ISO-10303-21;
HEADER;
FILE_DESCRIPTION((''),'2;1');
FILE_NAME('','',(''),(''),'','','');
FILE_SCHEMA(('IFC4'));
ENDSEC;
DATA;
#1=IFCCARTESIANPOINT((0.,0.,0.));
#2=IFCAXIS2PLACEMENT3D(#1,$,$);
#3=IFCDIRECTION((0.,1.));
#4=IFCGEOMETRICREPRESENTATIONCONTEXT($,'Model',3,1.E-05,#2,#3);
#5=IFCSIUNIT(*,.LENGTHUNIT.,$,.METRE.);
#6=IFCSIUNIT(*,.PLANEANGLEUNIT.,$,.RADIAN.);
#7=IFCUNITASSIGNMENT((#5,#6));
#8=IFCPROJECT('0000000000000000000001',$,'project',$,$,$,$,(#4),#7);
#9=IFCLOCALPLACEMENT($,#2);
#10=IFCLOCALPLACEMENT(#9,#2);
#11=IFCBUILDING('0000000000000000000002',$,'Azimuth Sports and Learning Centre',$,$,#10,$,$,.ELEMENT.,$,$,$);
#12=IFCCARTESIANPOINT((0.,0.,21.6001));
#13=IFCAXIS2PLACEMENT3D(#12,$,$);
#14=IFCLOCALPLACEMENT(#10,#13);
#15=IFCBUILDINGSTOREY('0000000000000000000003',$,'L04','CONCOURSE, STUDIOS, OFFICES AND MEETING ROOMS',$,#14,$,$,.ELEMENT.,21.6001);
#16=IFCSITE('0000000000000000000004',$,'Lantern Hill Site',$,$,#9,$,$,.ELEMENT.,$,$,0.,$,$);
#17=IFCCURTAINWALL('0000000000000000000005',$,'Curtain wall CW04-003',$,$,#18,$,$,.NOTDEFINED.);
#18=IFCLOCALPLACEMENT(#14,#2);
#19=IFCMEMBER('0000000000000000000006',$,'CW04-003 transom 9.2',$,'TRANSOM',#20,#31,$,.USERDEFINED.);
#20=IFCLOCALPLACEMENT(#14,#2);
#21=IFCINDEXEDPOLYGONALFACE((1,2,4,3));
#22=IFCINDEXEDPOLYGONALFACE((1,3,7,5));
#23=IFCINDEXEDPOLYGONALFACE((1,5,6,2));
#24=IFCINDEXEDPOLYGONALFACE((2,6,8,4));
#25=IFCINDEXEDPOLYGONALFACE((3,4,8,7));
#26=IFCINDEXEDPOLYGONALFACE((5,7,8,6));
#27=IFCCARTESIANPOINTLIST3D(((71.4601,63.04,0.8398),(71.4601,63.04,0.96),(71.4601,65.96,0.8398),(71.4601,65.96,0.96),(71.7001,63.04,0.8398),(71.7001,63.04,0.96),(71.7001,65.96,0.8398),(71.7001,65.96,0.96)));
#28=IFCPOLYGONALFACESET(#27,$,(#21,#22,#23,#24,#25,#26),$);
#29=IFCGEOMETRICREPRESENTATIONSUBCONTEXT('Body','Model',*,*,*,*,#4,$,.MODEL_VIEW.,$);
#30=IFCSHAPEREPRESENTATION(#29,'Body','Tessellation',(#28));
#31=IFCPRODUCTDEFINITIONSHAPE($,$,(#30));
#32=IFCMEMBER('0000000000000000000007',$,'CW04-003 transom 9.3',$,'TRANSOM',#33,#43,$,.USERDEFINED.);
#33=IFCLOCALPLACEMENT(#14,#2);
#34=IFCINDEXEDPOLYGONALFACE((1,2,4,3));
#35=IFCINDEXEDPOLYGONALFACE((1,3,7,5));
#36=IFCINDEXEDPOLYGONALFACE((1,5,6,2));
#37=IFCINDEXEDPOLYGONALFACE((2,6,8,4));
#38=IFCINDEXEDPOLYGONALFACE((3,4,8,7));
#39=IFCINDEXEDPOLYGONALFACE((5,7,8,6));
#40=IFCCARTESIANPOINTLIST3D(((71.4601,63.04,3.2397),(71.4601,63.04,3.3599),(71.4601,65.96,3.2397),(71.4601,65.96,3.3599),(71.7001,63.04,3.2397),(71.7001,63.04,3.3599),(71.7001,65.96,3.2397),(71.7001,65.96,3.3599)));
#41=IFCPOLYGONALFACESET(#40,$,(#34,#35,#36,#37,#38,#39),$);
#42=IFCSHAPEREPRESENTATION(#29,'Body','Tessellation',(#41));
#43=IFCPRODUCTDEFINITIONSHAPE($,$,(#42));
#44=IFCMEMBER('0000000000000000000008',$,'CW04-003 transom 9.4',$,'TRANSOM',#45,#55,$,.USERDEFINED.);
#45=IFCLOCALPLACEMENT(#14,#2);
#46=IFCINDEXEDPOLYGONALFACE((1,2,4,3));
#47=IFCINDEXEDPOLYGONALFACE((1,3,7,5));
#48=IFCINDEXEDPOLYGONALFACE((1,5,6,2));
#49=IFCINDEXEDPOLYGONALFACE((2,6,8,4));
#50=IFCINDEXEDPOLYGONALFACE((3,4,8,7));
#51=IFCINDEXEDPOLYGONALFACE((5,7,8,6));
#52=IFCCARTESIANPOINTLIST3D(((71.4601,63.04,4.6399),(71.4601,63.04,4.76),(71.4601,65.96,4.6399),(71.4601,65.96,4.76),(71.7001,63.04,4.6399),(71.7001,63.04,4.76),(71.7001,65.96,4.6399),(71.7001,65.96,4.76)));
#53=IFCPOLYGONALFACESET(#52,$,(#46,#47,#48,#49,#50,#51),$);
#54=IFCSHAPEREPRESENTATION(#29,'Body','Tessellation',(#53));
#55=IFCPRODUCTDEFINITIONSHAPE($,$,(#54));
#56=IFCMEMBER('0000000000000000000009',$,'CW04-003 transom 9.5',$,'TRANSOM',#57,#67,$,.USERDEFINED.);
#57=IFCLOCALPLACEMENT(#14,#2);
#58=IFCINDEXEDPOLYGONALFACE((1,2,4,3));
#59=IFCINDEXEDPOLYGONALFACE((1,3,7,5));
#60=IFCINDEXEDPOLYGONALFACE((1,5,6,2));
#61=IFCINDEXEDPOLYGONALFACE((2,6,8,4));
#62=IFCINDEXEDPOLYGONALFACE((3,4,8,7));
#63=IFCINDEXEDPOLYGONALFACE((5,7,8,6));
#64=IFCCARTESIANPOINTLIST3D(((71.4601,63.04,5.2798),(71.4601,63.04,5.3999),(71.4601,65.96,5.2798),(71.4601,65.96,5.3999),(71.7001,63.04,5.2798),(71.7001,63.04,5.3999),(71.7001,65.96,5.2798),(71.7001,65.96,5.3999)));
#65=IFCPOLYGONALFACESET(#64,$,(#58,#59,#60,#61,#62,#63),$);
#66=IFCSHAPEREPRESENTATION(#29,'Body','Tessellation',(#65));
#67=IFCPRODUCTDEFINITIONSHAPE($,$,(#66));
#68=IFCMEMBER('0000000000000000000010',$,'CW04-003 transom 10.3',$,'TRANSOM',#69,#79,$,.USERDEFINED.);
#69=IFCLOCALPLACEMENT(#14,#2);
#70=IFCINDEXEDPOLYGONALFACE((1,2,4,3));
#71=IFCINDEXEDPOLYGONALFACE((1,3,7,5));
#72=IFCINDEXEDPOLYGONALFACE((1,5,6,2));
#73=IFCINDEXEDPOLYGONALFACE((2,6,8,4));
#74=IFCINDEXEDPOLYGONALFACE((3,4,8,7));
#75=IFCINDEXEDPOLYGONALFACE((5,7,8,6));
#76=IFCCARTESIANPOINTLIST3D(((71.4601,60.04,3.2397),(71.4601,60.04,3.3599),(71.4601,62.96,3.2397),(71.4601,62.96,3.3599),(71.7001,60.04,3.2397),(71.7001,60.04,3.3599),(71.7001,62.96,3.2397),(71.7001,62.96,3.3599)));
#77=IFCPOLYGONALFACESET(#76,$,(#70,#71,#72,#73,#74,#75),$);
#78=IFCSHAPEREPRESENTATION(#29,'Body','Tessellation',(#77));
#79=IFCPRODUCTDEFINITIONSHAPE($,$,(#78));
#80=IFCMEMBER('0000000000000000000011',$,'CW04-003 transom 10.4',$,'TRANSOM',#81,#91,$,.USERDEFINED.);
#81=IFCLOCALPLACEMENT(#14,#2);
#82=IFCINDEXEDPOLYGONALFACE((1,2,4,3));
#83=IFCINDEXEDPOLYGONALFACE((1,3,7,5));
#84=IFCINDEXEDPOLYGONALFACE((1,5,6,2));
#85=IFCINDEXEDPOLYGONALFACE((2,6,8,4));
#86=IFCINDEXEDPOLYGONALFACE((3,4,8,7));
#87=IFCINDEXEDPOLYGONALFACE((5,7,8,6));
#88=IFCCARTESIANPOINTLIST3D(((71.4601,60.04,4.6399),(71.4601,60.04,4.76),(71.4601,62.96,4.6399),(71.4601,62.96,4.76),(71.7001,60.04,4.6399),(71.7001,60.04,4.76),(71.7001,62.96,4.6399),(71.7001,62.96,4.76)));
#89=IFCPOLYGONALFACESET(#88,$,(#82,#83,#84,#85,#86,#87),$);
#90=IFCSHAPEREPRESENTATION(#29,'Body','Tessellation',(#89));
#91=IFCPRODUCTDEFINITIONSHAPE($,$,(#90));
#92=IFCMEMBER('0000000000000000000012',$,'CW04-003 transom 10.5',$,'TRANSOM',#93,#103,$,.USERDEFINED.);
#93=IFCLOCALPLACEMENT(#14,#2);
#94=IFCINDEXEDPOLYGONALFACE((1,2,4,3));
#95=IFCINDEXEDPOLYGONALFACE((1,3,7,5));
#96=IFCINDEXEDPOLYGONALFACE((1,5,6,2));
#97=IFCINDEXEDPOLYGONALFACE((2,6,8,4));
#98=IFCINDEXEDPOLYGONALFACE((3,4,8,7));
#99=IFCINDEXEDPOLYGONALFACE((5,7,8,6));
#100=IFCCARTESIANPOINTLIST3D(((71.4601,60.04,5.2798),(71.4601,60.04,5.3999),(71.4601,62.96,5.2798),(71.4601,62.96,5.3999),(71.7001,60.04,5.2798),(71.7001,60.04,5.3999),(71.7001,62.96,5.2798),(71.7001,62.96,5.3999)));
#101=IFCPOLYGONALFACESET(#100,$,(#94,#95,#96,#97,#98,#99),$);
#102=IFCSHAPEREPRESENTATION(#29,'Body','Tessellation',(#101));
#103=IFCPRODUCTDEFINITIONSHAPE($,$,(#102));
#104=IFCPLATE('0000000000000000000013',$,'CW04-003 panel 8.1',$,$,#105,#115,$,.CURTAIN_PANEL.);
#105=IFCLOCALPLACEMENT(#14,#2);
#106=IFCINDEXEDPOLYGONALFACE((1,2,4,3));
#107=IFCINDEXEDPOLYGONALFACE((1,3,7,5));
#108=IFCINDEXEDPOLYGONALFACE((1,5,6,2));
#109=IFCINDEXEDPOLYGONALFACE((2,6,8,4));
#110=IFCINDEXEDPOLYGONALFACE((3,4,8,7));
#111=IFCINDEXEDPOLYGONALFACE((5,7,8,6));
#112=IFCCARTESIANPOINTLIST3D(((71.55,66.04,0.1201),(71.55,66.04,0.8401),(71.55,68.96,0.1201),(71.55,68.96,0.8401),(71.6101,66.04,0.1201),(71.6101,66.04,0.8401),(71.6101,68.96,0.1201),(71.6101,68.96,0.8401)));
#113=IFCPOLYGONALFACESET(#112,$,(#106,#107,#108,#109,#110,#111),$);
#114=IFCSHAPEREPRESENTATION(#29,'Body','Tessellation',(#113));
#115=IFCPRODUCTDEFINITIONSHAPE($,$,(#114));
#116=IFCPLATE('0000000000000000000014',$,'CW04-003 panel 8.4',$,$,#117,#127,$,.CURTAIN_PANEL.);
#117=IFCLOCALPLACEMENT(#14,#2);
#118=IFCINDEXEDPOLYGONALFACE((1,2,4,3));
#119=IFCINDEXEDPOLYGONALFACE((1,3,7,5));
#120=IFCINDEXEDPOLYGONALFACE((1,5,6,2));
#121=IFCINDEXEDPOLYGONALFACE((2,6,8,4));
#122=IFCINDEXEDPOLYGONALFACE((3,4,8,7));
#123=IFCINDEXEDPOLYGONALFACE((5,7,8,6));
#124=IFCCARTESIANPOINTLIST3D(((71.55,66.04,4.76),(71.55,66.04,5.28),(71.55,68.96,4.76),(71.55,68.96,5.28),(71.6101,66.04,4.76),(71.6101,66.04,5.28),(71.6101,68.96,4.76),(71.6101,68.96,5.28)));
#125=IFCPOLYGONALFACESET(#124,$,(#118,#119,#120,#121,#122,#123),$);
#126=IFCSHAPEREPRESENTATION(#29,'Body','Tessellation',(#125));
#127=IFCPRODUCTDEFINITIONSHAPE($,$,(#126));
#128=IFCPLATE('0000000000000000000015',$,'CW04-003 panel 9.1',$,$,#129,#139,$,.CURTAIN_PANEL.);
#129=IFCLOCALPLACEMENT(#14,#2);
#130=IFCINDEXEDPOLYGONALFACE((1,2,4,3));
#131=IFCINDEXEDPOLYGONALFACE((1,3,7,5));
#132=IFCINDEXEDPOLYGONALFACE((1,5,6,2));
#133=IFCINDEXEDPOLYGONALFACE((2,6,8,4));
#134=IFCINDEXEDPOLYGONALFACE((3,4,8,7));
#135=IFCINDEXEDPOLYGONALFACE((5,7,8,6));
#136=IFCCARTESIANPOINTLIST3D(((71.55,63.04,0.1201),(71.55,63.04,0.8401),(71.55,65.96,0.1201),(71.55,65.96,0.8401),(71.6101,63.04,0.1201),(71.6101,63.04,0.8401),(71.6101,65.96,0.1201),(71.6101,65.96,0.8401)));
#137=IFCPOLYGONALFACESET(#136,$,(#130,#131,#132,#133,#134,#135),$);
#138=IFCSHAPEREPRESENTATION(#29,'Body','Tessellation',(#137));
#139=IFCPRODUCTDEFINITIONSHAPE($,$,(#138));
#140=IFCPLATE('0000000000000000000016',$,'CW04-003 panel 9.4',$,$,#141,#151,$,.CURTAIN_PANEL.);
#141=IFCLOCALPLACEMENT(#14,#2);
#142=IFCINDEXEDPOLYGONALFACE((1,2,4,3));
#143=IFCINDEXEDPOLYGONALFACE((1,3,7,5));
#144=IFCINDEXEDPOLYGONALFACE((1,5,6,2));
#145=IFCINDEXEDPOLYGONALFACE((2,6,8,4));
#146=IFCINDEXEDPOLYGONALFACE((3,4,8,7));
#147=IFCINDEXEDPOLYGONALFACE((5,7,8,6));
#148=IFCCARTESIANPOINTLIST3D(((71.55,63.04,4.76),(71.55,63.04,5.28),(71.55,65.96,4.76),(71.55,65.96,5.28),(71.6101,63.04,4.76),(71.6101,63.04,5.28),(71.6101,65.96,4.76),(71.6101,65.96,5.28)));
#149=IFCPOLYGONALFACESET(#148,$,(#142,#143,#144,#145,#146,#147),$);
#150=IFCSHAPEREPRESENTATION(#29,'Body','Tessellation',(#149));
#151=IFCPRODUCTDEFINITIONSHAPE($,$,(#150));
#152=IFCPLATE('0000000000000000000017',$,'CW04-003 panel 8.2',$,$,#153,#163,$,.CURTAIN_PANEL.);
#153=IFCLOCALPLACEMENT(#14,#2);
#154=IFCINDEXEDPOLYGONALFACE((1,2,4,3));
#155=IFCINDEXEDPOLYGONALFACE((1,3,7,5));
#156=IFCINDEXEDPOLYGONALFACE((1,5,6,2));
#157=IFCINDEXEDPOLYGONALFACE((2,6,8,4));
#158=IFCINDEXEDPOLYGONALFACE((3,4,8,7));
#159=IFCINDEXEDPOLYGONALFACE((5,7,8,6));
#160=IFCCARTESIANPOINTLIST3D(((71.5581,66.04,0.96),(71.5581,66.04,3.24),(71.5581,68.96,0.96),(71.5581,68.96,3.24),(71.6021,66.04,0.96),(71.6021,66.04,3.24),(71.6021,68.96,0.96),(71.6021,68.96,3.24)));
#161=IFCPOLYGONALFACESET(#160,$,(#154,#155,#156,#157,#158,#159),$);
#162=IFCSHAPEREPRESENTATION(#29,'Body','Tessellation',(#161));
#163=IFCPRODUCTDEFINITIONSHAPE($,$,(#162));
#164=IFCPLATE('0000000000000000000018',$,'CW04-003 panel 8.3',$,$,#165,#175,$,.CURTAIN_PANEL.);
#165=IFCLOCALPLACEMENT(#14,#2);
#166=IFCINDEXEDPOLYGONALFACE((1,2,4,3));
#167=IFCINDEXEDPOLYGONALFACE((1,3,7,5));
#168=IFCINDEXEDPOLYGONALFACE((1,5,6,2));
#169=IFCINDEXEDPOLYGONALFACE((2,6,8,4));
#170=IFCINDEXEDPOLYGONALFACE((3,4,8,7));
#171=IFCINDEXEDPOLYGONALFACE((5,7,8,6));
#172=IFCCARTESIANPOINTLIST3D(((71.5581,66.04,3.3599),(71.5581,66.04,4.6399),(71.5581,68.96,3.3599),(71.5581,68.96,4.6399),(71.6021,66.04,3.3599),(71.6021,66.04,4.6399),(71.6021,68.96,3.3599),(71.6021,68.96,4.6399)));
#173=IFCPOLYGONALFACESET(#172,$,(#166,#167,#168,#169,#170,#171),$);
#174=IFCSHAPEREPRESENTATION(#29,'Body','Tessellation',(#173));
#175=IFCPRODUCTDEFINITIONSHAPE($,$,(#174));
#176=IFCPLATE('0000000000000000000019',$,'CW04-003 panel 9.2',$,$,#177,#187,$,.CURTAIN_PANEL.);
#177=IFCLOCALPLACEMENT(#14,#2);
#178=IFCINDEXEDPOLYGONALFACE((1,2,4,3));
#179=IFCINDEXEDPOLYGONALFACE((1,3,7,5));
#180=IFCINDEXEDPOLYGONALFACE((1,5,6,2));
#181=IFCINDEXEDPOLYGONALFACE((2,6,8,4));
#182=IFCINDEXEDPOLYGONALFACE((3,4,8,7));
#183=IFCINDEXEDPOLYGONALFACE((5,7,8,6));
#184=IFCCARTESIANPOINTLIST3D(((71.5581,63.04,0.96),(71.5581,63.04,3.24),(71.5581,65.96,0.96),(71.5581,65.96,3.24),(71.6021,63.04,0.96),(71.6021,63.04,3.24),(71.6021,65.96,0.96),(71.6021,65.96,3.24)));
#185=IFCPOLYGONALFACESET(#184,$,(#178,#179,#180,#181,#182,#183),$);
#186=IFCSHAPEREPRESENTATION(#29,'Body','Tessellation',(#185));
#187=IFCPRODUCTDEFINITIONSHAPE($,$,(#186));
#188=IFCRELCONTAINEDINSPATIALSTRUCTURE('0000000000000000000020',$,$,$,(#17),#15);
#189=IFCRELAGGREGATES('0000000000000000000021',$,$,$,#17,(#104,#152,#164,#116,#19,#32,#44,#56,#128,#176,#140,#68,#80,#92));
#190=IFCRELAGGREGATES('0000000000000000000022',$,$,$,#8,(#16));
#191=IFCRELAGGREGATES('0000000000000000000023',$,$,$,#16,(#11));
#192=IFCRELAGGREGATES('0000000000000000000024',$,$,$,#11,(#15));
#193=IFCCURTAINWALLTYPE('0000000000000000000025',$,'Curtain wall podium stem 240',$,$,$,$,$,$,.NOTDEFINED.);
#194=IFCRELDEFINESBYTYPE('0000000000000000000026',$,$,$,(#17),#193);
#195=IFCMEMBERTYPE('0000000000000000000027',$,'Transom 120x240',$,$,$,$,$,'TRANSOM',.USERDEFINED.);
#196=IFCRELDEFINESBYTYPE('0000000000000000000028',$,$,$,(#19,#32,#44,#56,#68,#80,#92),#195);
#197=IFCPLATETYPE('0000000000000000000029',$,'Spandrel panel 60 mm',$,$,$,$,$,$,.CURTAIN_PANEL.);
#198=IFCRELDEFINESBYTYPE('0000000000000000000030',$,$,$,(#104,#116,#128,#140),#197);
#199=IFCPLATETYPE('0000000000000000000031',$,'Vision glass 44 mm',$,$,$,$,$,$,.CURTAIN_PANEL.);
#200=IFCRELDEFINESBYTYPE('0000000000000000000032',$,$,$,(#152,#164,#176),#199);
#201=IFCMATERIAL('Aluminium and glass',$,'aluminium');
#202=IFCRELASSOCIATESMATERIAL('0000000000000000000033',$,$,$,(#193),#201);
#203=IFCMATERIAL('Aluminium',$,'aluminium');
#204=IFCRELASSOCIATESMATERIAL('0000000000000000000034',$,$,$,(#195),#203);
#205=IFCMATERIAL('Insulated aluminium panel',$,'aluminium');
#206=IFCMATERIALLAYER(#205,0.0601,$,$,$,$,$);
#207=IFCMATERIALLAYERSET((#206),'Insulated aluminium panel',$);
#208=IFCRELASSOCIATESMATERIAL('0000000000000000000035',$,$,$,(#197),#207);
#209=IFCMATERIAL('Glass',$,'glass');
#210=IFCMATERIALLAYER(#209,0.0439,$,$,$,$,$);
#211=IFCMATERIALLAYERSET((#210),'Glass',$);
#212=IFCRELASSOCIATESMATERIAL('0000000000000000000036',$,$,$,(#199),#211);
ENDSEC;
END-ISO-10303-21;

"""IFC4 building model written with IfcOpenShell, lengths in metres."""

from ifc_helpers import new_model, si_unit, direction, frame, origin, origin_2d, place, context, subcontext, project, spatial, rectangle, extrude, material, layer, layer_set, material_profile, profile_set, type_object, element, aggregate, save


model = new_model("IFC4")

# Units and contexts
model_context = context("Model", 3, precision=1e-05, world=origin(), true_north=direction((0.0, 1.0)))
body_context = subcontext(model_context, "Body", "Model", "MODEL_VIEW")
ifc_project = project(units=[si_unit("LENGTHUNIT", "METRE"), si_unit("PLANEANGLEUNIT", "RADIAN")], contexts=[model_context])

# Site, building, storey
site_placement = place(None, origin())
site = spatial("IfcSite", under=ifc_project, at=site_placement, Name="Lantern Hill Site", CompositionType="ELEMENT", RefElevation=0.0)
building_placement = place(site_placement, origin())
building = spatial("IfcBuilding", under=site, at=building_placement, Name="Azimuth Sports and Learning Centre", CompositionType="ELEMENT")
storey_placement = place(building_placement, frame((0.0, 0.0, 21.6001)))
storey = spatial("IfcBuildingStorey", under=building, at=storey_placement, Name="L04", Description="CONCOURSE, STUDIOS, OFFICES AND MEETING ROOMS", CompositionType="ELEMENT", Elevation=21.6001)

# Curtain wall, members, plates
ifc_material_1 = material(Name="Aluminium and glass", Category="aluminium")
curtain_wall_type = type_object("IfcCurtainWallType", Name="Curtain wall podium stem 240", PredefinedType="NOTDEFINED", material=ifc_material_1)
curtain_wall_placement = place(storey_placement, origin())
curtain_wall = element("IfcCurtainWall", 1, at=curtain_wall_placement, inside=storey, type_object=curtain_wall_type, Name="Curtain wall CW04-003", PredefinedType="NOTDEFINED")
ifc_material_2 = material(Name="Aluminium", Category="aluminium")
ifc_material_profile_1 = material_profile(ifc_material_2, rectangle(XDim=0.24, YDim=0.1201, at=origin_2d()), Name="Transom 120x240")
ifc_profile_set_1 = profile_set([ifc_material_profile_1], Name="Aluminium")
member_type_1 = type_object("IfcMemberType", Name="Transom 120x240", ElementType="TRANSOM", PredefinedType="USERDEFINED", material=ifc_profile_set_1)
member_1_placement = place(storey_placement, frame((71.5801, 65.96, 0.8999), z_axis=(0.0, -1.0, 0.0), x_axis=(1.0, 0.0, 0.0)))
member_1 = element("IfcMember", 2, at=member_1_placement, type_object=member_type_1, Name="CW04-003 transom 9.2", ObjectType="TRANSOM", PredefinedType="USERDEFINED", context=body_context, shape_type="SweptSolid", body=[
    extrude(rectangle(XDim=0.24, YDim=0.1201, at=origin_2d()), origin(), (0.0, 0.0, 1.0), 2.9199),
])
member_2_placement = place(storey_placement, frame((71.5801, 65.96, 3.2998), z_axis=(0.0, -1.0, 0.0), x_axis=(1.0, 0.0, 0.0)))
member_2 = element("IfcMember", 3, at=member_2_placement, type_object=member_type_1, Name="CW04-003 transom 9.3", ObjectType="TRANSOM", PredefinedType="USERDEFINED", context=body_context, shape_type="SweptSolid", body=[
    extrude(rectangle(XDim=0.24, YDim=0.1201, at=origin_2d()), origin(), (0.0, 0.0, 1.0), 2.9199),
])
member_3_placement = place(storey_placement, frame((71.5801, 65.96, 4.7), z_axis=(0.0, -1.0, 0.0), x_axis=(1.0, 0.0, 0.0)))
member_3 = element("IfcMember", 4, at=member_3_placement, type_object=member_type_1, Name="CW04-003 transom 9.4", ObjectType="TRANSOM", PredefinedType="USERDEFINED", context=body_context, shape_type="SweptSolid", body=[
    extrude(rectangle(XDim=0.24, YDim=0.1201, at=origin_2d()), origin(), (0.0, 0.0, 1.0), 2.9199),
])
member_4_placement = place(storey_placement, frame((71.5801, 65.96, 5.3398), z_axis=(0.0, -1.0, 0.0), x_axis=(1.0, 0.0, 0.0)))
member_4 = element("IfcMember", 5, at=member_4_placement, type_object=member_type_1, Name="CW04-003 transom 9.5", ObjectType="TRANSOM", PredefinedType="USERDEFINED", context=body_context, shape_type="SweptSolid", body=[
    extrude(rectangle(XDim=0.24, YDim=0.1201, at=origin_2d()), origin(), (0.0, 0.0, 1.0), 2.9199),
])
member_5_placement = place(storey_placement, frame((71.5801, 62.96, 3.2998), z_axis=(0.0, -1.0, 0.0), x_axis=(1.0, 0.0, 0.0)))
member_5 = element("IfcMember", 6, at=member_5_placement, type_object=member_type_1, Name="CW04-003 transom 10.3", ObjectType="TRANSOM", PredefinedType="USERDEFINED", context=body_context, shape_type="SweptSolid", body=[
    extrude(rectangle(XDim=0.24, YDim=0.1201, at=origin_2d()), origin(), (0.0, 0.0, 1.0), 2.9199),
])
member_6_placement = place(storey_placement, frame((71.5801, 62.96, 4.7), z_axis=(0.0, -1.0, 0.0), x_axis=(1.0, 0.0, 0.0)))
member_6 = element("IfcMember", 7, at=member_6_placement, type_object=member_type_1, Name="CW04-003 transom 10.4", ObjectType="TRANSOM", PredefinedType="USERDEFINED", context=body_context, shape_type="SweptSolid", body=[
    extrude(rectangle(XDim=0.24, YDim=0.1201, at=origin_2d()), origin(), (0.0, 0.0, 1.0), 2.9199),
])
member_7_placement = place(storey_placement, frame((71.5801, 62.96, 5.3398), z_axis=(0.0, -1.0, 0.0), x_axis=(1.0, 0.0, 0.0)))
member_7 = element("IfcMember", 8, at=member_7_placement, type_object=member_type_1, Name="CW04-003 transom 10.5", ObjectType="TRANSOM", PredefinedType="USERDEFINED", context=body_context, shape_type="SweptSolid", body=[
    extrude(rectangle(XDim=0.24, YDim=0.1201, at=origin_2d()), origin(), (0.0, 0.0, 1.0), 2.9199),
])
ifc_material_3 = material(Name="Insulated aluminium panel", Category="aluminium")
ifc_layer_1 = layer(ifc_material_3, 0.0601)
ifc_layer_set_1 = layer_set([ifc_layer_1], Name="Insulated aluminium panel")
plate_type_1 = type_object("IfcPlateType", Name="Spandrel panel 60 mm", PredefinedType="CURTAIN_PANEL", material=ifc_layer_set_1)
plate_1_placement = place(storey_placement, frame((71.5801, 67.5, 0.1201), z_axis=(0.0, 0.0, 1.0), x_axis=(0.0, -1.0, 0.0)))
plate_1 = element("IfcPlate", 9, at=plate_1_placement, type_object=plate_type_1, Name="CW04-003 panel 8.1", PredefinedType="CURTAIN_PANEL", context=body_context, shape_type="SweptSolid", body=[
    extrude(rectangle(XDim=2.9199, YDim=0.0601, at=origin_2d()), origin(), (0.0, 0.0, 1.0), 0.72),
])
plate_2_placement = place(storey_placement, frame((71.5801, 67.5, 4.76), z_axis=(0.0, 0.0, 1.0), x_axis=(0.0, -1.0, 0.0)))
plate_2 = element("IfcPlate", 10, at=plate_2_placement, type_object=plate_type_1, Name="CW04-003 panel 8.4", PredefinedType="CURTAIN_PANEL", context=body_context, shape_type="SweptSolid", body=[
    extrude(rectangle(XDim=2.9199, YDim=0.0601, at=origin_2d()), origin(), (0.0, 0.0, 1.0), 0.52),
])
plate_3_placement = place(storey_placement, frame((71.5801, 64.5, 0.1201), z_axis=(0.0, 0.0, 1.0), x_axis=(0.0, -1.0, 0.0)))
plate_3 = element("IfcPlate", 11, at=plate_3_placement, type_object=plate_type_1, Name="CW04-003 panel 9.1", PredefinedType="CURTAIN_PANEL", context=body_context, shape_type="SweptSolid", body=[
    extrude(rectangle(XDim=2.9199, YDim=0.0601, at=origin_2d()), origin(), (0.0, 0.0, 1.0), 0.72),
])
plate_4_placement = place(storey_placement, frame((71.5801, 64.5, 4.76), z_axis=(0.0, 0.0, 1.0), x_axis=(0.0, -1.0, 0.0)))
plate_4 = element("IfcPlate", 12, at=plate_4_placement, type_object=plate_type_1, Name="CW04-003 panel 9.4", PredefinedType="CURTAIN_PANEL", context=body_context, shape_type="SweptSolid", body=[
    extrude(rectangle(XDim=2.9199, YDim=0.0601, at=origin_2d()), origin(), (0.0, 0.0, 1.0), 0.52),
])
ifc_material_4 = material(Name="Glass", Category="glass")
ifc_layer_2 = layer(ifc_material_4, 0.0439)
ifc_layer_set_2 = layer_set([ifc_layer_2], Name="Glass")
plate_type_2 = type_object("IfcPlateType", Name="Vision glass 44 mm", PredefinedType="CURTAIN_PANEL", material=ifc_layer_set_2)
plate_5_placement = place(storey_placement, frame((71.5801, 67.5, 0.96), z_axis=(0.0, 0.0, 1.0), x_axis=(0.0, -1.0, 0.0)))
plate_5 = element("IfcPlate", 13, at=plate_5_placement, type_object=plate_type_2, Name="CW04-003 panel 8.2", PredefinedType="CURTAIN_PANEL", context=body_context, shape_type="SweptSolid", body=[
    extrude(rectangle(XDim=2.9199, YDim=0.0439, at=origin_2d()), origin(), (0.0, 0.0, 1.0), 2.28),
])
plate_6_placement = place(storey_placement, frame((71.5801, 67.5, 3.3599), z_axis=(0.0, 0.0, 1.0), x_axis=(0.0, -1.0, 0.0)))
plate_6 = element("IfcPlate", 14, at=plate_6_placement, type_object=plate_type_2, Name="CW04-003 panel 8.3", PredefinedType="CURTAIN_PANEL", context=body_context, shape_type="SweptSolid", body=[
    extrude(rectangle(XDim=2.9199, YDim=0.0439, at=origin_2d()), origin(), (0.0, 0.0, 1.0), 1.28),
])
plate_7_placement = place(storey_placement, frame((71.5801, 64.5, 0.96), z_axis=(0.0, 0.0, 1.0), x_axis=(0.0, -1.0, 0.0)))
plate_7 = element("IfcPlate", 15, at=plate_7_placement, type_object=plate_type_2, Name="CW04-003 panel 9.2", PredefinedType="CURTAIN_PANEL", context=body_context, shape_type="SweptSolid", body=[
    extrude(rectangle(XDim=2.9199, YDim=0.0439, at=origin_2d()), origin(), (0.0, 0.0, 1.0), 2.28),
])
aggregate(curtain_wall, [plate_1, plate_5, plate_6, plate_2, member_1, member_2, member_3, member_4, plate_3, plate_7, plate_4, member_5, member_6, member_7])

save(model, "model.ifc")
